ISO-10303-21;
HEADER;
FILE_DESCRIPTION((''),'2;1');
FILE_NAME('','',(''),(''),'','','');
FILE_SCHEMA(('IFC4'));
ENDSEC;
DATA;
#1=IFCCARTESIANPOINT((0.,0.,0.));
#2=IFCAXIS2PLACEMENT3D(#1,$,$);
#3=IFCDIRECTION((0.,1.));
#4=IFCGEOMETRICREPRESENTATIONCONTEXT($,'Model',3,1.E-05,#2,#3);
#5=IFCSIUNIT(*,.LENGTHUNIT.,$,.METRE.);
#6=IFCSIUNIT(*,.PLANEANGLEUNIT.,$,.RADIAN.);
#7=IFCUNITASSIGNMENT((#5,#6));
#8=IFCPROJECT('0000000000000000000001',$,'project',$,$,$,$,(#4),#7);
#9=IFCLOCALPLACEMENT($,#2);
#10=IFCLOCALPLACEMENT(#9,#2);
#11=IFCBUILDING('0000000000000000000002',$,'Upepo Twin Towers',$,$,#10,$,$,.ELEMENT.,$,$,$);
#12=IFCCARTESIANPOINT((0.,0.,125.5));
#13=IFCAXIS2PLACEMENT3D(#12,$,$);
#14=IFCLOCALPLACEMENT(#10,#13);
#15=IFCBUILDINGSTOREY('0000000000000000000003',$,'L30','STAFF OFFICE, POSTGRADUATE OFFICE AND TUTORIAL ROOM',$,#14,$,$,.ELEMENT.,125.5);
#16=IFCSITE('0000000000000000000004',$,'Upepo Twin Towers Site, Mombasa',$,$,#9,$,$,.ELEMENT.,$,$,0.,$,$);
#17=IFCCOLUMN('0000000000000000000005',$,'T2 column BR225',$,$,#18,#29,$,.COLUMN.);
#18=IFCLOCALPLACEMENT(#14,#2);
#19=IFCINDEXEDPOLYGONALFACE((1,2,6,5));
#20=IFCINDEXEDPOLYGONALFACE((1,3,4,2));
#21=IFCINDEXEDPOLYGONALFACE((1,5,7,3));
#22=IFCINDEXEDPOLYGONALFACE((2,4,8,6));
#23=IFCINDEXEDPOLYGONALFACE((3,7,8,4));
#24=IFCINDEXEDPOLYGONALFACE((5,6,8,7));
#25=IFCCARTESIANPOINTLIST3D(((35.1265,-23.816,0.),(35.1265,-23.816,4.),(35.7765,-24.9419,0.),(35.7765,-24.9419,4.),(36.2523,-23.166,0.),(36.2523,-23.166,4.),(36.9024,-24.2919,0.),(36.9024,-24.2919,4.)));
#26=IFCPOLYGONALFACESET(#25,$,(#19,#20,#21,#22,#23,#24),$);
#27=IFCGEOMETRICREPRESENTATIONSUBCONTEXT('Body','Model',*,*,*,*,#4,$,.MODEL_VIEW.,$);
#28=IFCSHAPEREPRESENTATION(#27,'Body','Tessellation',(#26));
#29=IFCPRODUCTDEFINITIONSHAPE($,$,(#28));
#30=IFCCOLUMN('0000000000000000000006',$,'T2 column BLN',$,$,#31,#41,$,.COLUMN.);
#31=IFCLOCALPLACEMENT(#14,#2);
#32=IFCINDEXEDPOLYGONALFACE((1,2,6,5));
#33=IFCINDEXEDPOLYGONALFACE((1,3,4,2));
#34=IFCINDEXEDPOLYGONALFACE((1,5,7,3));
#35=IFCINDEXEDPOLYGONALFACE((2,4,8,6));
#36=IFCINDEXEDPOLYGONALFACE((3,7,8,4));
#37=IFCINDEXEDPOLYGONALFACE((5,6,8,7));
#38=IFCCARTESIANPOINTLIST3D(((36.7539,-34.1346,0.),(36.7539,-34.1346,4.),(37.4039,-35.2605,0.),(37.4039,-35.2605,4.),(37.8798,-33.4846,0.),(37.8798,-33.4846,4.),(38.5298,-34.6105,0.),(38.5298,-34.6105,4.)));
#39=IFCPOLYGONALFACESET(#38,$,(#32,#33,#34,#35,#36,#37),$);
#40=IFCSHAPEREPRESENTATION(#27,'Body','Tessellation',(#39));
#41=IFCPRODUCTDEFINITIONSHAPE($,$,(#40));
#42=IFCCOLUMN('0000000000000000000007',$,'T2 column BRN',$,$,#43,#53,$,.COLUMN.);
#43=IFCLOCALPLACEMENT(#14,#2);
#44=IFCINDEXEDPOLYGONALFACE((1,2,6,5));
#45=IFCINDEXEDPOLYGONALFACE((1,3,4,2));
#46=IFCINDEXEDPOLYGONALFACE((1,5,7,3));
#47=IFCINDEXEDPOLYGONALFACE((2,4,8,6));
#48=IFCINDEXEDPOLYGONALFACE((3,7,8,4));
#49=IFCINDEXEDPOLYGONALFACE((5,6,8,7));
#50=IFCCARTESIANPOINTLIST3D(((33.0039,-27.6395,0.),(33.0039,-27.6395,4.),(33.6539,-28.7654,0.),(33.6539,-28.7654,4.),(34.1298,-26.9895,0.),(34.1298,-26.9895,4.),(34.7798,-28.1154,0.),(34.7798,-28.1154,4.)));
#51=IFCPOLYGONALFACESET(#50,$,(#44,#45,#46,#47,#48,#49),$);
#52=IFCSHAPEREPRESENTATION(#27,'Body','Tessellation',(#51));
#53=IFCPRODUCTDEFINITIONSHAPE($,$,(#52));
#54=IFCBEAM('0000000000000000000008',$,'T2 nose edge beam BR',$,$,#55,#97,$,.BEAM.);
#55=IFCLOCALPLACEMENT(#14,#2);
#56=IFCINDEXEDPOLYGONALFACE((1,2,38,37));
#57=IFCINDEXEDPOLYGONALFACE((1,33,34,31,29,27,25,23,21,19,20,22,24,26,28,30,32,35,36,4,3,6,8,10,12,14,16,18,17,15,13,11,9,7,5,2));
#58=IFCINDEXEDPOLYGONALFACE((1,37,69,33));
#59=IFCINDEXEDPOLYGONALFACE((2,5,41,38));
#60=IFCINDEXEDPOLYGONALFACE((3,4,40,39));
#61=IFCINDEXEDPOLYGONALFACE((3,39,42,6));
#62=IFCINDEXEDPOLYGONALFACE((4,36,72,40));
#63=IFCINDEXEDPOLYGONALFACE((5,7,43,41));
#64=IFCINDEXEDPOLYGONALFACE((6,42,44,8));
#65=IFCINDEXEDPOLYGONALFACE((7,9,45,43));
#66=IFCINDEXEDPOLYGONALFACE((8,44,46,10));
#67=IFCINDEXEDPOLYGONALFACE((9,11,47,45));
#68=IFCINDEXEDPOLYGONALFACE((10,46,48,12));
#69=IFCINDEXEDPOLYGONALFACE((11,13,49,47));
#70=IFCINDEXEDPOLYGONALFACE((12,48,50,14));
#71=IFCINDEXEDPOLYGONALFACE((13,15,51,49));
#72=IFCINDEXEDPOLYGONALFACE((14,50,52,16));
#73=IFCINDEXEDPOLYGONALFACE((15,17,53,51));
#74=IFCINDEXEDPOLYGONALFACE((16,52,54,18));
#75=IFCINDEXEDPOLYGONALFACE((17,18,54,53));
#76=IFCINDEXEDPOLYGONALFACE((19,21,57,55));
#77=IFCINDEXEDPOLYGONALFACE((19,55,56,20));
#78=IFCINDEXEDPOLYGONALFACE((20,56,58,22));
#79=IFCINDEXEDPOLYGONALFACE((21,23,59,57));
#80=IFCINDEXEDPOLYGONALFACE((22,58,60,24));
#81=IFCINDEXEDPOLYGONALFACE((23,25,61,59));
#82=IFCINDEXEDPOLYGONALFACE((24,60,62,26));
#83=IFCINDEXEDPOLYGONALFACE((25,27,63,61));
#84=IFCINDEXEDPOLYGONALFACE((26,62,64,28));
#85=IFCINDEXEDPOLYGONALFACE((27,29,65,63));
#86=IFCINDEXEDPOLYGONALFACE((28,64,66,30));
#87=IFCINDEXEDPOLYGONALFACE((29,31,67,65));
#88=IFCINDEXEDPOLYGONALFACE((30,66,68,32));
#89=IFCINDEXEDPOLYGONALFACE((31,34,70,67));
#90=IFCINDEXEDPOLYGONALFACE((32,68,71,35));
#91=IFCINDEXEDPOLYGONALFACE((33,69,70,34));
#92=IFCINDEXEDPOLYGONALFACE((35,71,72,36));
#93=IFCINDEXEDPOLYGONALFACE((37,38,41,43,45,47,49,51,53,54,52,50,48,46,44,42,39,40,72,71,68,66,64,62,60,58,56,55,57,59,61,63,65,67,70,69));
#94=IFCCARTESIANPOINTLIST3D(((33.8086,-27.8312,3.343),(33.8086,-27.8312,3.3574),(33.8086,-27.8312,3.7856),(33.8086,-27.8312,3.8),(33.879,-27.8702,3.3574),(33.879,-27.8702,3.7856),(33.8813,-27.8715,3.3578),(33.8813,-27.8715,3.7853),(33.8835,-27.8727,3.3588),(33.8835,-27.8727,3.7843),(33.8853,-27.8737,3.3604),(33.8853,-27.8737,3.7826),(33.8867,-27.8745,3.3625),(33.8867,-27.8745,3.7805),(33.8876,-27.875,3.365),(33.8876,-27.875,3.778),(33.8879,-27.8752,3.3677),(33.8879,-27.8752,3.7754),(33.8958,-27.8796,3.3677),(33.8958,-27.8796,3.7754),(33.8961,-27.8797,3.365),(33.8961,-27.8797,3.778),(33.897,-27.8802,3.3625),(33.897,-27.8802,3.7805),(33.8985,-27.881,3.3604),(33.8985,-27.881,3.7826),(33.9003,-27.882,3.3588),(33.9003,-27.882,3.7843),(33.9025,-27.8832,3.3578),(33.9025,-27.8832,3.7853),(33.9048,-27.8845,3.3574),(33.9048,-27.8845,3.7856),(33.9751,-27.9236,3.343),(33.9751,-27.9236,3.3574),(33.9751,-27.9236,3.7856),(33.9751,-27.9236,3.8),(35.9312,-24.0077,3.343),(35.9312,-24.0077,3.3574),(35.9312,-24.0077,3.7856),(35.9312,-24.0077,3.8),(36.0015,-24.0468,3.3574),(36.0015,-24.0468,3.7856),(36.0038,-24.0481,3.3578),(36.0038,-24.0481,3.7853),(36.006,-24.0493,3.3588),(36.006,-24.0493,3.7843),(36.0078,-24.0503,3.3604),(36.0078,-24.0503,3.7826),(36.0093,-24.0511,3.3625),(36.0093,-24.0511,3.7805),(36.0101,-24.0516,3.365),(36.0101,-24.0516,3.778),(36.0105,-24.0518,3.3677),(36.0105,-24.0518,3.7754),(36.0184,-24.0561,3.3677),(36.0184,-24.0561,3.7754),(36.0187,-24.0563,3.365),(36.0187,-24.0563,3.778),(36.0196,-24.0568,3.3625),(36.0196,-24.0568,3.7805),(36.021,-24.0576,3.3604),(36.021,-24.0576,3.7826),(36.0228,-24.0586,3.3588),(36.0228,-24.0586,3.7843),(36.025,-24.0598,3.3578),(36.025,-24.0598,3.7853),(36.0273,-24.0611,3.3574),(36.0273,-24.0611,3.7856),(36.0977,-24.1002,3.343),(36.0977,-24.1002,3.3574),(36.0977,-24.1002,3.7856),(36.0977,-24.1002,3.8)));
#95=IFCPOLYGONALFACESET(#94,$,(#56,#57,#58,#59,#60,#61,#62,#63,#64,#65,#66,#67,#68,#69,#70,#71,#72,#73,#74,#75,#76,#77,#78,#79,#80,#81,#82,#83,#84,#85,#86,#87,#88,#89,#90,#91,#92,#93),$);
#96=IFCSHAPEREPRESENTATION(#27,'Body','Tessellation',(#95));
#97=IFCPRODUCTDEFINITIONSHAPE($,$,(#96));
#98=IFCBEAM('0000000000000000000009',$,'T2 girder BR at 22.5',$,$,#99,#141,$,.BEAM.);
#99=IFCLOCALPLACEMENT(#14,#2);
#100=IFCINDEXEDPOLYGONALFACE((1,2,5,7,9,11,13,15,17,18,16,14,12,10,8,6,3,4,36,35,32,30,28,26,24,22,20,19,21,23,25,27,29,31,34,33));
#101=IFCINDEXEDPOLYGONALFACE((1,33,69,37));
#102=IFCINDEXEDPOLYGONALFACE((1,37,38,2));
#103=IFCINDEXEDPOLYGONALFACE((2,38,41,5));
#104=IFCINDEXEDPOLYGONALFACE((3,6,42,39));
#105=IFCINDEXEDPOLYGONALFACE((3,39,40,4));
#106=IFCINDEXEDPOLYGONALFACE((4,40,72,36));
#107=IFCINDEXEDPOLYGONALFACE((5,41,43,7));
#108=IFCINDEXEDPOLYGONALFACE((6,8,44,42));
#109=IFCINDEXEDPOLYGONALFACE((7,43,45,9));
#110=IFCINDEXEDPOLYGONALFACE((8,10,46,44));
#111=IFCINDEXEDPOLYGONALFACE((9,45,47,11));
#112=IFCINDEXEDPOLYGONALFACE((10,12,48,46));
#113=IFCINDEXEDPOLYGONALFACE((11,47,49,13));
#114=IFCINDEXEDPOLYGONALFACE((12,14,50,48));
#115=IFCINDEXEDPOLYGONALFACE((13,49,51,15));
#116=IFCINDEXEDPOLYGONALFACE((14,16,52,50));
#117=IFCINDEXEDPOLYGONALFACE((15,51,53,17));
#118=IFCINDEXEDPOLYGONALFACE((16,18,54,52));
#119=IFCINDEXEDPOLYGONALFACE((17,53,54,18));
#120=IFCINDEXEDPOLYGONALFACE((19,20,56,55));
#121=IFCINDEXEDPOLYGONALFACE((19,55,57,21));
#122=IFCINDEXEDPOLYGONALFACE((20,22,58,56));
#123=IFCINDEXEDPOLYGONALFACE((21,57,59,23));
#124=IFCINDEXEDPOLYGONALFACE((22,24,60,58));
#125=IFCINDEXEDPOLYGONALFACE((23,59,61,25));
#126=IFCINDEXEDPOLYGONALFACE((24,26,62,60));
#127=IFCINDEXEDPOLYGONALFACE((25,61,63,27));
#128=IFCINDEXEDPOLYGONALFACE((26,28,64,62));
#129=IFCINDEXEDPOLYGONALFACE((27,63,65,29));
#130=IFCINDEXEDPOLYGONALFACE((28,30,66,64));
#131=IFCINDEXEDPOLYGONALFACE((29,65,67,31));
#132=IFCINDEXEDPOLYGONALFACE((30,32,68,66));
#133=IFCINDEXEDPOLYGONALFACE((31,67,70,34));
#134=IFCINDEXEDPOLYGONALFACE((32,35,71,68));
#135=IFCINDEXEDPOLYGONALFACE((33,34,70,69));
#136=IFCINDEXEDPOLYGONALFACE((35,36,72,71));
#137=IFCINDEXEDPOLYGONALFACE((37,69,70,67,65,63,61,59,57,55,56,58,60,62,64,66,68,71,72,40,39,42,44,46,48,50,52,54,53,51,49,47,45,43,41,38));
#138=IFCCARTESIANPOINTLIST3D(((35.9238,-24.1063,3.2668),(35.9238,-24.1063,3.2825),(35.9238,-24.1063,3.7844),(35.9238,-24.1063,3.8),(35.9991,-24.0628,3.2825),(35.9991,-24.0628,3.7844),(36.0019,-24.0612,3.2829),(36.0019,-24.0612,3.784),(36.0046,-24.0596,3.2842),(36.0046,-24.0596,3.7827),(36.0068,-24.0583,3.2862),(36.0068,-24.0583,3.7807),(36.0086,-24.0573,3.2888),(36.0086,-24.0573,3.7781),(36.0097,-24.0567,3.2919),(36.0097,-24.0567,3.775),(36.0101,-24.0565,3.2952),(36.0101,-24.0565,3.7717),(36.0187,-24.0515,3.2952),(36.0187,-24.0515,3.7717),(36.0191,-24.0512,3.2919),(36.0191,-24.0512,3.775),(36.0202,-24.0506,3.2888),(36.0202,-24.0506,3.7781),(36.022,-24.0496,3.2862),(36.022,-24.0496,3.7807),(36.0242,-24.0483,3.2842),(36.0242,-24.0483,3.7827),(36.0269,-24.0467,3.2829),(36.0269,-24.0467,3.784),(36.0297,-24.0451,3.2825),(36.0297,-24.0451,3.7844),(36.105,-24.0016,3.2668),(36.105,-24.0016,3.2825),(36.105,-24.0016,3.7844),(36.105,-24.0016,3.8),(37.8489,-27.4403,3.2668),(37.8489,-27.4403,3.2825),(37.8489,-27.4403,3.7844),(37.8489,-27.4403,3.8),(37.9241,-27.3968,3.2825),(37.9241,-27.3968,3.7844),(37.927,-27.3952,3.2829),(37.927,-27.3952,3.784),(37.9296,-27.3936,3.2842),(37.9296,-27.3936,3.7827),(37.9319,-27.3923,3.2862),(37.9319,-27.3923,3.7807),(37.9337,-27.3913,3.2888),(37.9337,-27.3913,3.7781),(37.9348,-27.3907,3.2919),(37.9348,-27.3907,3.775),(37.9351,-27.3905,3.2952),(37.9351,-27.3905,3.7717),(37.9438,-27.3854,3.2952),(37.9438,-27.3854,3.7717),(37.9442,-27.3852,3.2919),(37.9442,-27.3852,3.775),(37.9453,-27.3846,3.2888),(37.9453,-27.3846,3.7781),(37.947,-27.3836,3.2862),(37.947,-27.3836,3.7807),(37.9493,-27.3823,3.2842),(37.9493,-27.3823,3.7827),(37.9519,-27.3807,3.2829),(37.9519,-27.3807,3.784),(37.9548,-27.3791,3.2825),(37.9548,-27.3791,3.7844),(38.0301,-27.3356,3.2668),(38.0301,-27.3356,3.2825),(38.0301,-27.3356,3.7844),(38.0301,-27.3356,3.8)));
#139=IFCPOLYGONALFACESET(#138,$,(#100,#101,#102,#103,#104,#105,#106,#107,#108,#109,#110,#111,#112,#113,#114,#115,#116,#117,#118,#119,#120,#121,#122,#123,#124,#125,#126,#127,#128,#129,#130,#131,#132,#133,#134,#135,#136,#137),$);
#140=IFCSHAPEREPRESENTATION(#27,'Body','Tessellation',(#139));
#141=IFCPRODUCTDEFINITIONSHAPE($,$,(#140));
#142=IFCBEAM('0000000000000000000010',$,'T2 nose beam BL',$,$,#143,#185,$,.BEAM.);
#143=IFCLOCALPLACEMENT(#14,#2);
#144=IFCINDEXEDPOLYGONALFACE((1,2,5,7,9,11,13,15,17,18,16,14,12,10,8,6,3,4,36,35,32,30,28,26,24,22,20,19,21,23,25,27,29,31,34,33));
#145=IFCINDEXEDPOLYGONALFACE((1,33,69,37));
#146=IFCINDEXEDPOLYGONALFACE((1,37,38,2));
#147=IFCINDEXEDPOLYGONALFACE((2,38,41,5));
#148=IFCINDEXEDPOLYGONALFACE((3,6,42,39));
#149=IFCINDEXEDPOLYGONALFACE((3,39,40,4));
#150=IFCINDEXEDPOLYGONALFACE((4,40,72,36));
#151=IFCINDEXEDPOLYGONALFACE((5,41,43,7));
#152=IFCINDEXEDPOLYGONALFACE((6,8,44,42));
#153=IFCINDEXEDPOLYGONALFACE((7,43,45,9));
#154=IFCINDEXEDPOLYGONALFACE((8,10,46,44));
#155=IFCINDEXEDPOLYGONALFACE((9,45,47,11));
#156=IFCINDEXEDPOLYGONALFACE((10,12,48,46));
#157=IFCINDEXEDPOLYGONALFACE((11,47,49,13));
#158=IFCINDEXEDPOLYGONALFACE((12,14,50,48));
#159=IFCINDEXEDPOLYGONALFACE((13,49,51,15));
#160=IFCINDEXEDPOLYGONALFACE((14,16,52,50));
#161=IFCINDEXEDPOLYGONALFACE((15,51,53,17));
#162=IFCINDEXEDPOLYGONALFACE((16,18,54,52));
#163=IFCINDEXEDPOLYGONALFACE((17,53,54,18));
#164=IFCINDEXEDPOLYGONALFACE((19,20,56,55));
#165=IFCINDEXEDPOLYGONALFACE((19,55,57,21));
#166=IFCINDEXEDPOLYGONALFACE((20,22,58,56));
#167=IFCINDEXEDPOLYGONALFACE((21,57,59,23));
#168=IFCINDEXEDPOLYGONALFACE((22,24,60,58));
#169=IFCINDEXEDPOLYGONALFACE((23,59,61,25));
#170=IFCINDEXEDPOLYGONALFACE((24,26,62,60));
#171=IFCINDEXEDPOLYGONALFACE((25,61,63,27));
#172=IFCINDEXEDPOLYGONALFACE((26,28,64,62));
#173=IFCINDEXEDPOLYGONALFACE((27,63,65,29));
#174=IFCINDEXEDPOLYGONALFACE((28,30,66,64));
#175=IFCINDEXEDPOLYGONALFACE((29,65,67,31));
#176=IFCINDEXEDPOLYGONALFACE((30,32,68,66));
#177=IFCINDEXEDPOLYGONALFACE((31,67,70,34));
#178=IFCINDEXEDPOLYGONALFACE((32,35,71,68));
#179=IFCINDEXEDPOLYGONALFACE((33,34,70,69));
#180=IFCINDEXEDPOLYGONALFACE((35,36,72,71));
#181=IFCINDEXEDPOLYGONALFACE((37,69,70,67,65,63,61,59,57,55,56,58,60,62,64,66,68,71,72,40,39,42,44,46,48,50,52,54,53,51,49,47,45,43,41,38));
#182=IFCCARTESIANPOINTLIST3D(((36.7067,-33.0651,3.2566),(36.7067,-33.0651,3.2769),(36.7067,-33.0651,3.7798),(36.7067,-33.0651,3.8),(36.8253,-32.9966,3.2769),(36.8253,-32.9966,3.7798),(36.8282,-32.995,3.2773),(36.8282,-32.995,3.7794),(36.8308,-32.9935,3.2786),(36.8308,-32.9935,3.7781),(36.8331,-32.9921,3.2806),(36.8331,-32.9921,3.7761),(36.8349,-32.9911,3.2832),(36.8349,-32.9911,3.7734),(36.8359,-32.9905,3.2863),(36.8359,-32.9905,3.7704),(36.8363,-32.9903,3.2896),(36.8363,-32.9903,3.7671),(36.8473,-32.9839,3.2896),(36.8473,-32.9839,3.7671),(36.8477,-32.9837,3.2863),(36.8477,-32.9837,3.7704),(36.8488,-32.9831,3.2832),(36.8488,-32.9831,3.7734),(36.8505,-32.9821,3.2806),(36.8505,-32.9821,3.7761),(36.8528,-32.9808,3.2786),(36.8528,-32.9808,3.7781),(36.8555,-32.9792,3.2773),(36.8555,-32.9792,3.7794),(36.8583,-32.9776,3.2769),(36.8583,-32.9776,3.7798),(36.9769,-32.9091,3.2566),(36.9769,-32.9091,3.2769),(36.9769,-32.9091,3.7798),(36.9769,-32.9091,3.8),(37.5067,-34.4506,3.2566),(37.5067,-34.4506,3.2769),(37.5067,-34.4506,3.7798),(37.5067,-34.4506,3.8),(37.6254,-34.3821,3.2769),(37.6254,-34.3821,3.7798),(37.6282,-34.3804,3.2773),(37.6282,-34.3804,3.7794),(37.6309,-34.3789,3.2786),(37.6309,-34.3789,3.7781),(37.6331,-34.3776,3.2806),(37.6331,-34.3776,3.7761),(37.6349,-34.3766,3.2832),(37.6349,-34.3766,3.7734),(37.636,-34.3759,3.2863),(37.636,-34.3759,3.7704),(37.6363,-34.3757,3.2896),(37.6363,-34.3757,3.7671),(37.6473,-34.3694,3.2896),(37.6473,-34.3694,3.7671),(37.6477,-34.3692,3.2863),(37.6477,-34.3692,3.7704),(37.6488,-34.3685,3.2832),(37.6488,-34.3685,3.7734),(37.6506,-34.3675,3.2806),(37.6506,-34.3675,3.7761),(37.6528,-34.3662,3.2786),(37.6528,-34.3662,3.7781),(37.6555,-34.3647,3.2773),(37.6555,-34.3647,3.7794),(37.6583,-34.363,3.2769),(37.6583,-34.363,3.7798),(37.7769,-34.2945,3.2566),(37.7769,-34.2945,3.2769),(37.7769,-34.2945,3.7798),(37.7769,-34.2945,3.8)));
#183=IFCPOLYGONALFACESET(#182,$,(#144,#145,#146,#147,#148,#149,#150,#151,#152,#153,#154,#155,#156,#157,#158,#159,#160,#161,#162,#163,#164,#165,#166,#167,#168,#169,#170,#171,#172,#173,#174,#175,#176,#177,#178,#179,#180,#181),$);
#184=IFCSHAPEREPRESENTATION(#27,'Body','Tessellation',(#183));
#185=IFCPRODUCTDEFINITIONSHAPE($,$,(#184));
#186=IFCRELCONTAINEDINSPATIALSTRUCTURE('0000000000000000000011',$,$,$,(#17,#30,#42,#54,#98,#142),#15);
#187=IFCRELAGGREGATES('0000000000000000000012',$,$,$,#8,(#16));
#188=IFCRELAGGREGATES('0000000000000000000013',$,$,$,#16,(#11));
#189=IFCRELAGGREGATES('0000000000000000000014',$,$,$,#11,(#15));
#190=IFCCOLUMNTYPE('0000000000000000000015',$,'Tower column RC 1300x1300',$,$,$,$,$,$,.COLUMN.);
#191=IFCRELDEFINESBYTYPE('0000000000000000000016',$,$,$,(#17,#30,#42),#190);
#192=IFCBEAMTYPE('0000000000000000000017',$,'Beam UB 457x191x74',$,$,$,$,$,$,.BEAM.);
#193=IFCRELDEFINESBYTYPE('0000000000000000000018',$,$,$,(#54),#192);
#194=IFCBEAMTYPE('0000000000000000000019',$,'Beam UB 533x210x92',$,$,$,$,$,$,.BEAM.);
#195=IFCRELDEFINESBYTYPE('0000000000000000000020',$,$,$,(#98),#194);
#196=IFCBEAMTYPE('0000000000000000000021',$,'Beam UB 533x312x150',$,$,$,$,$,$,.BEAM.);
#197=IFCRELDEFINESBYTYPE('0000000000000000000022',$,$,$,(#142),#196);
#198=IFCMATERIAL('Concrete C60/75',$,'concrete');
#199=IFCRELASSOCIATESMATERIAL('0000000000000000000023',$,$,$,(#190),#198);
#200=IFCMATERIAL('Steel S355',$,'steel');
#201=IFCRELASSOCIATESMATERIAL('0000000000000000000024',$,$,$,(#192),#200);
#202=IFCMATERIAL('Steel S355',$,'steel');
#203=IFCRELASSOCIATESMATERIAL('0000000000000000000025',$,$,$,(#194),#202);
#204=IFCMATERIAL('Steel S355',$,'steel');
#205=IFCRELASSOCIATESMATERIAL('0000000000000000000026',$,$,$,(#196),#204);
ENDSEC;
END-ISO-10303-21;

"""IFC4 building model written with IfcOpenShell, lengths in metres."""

from ifc_helpers import new_model, si_unit, direction, frame, origin, origin_2d, place, context, subcontext, project, spatial, rectangle, i_section, extrude, material, material_profile, profile_set, type_object, element, save


model = new_model("IFC4")

# Units and contexts
model_context = context("Model", 3, precision=1e-05, world=origin(), true_north=direction((0.0, 1.0)))
body_context = subcontext(model_context, "Body", "Model", "MODEL_VIEW")
ifc_project = project(units=[si_unit("LENGTHUNIT", "METRE"), si_unit("PLANEANGLEUNIT", "RADIAN")], contexts=[model_context])

# Site, building, storey
site_placement = place(None, origin())
site = spatial("IfcSite", under=ifc_project, at=site_placement, Name="Upepo Twin Towers Site, Mombasa", CompositionType="ELEMENT", RefElevation=0.0)
building_placement = place(site_placement, origin())
building = spatial("IfcBuilding", under=site, at=building_placement, Name="Upepo Twin Towers", CompositionType="ELEMENT")
storey_placement = place(building_placement, frame((0.0, 0.0, 125.5)))
storey = spatial("IfcBuildingStorey", under=building, at=storey_placement, Name="L30", Description="STAFF OFFICE, POSTGRADUATE OFFICE AND TUTORIAL ROOM", CompositionType="ELEMENT", Elevation=125.5)

# Columns
ifc_material_1 = material(Name="Concrete C60/75", Category="concrete")
ifc_material_profile_1 = material_profile(ifc_material_1, rectangle(XDim=1.3, YDim=1.3, at=origin_2d()), Name="RC 1300x1300")
ifc_profile_set_1 = profile_set([ifc_material_profile_1], Name="Concrete C60/75")
column_type = type_object("IfcColumnType", Name="Tower column RC 1300x1300", PredefinedType="COLUMN", material=ifc_profile_set_1)
for number, where, z_axis, x_axis, name in (
    (1, (36.0144, -24.054, 0.0), (0.0, 0.0, 1.0), (0.866025, 0.5, 0.0), "T2 column BR225"),
    (2, (37.6418, -34.3726, 0.0), (0.0, 0.0, 1.0), (0.866025, 0.5, 0.0), "T2 column BLN"),
    (3, (33.8918, -27.8774, 0.0), (0.0, 0.0, 1.0), (0.866025, 0.5, 0.0), "T2 column BRN"),
):
    element("IfcColumn", number, at=place(storey_placement, frame(where, z_axis=z_axis, x_axis=x_axis)), inside=storey, type_object=column_type, Name=name, PredefinedType="COLUMN", context=body_context, shape_type="SweptSolid", body=[
        extrude(rectangle(XDim=1.3, YDim=1.3, at=origin_2d()), origin(), (0.0, 0.0, 1.0), 4.0),
    ])

# Beams
ifc_material_2 = material(Name="Steel S355", Category="steel")
ifc_material_profile_2 = material_profile(ifc_material_2, i_section(OverallWidth=0.1904, OverallDepth=0.457, WebThickness=0.009, FlangeThickness=0.0144, FilletRadius=0.0103, at=origin_2d()), Name="UB 457x191x74")
ifc_profile_set_2 = profile_set([ifc_material_profile_2], Name="Steel S355")
beam_type_1 = type_object("IfcBeamType", Name="Beam UB 457x191x74", PredefinedType="BEAM", material=ifc_profile_set_2)
beam_1_placement = place(storey_placement, frame((36.0144, -24.054, 3.5715), z_axis=(-0.485363, -0.874313, 0.0), x_axis=(0.874313, -0.485363, 0.0)))
element("IfcBeam", 4, at=beam_1_placement, inside=storey, type_object=beam_type_1, Name="T2 nose edge beam BR", PredefinedType="BEAM", context=body_context, shape_type="SweptSolid", body=[
    extrude(i_section(OverallWidth=0.1904, OverallDepth=0.457, WebThickness=0.009, FlangeThickness=0.0144, FilletRadius=0.0103, at=origin_2d()), origin(), (0.0, 0.0, 1.0), 4.373),
])
ifc_material_3 = material(Name="Steel S355", Category="steel")
ifc_material_profile_3 = material_profile(ifc_material_3, i_section(OverallWidth=0.2092, OverallDepth=0.5332, WebThickness=0.01, FlangeThickness=0.0156, FilletRadius=0.0127, at=origin_2d()), Name="UB 533x210x92")
ifc_profile_set_3 = profile_set([ifc_material_profile_3], Name="Steel S355")
beam_type_2 = type_object("IfcBeamType", Name="Beam UB 533x210x92", PredefinedType="BEAM", material=ifc_profile_set_3)
beam_2_placement = place(storey_placement, frame((36.0144, -24.054, 3.5334), z_axis=(0.500034, -0.866006, 0.0), x_axis=(0.866006, 0.500034, 0.0)))
element("IfcBeam", 5, at=beam_2_placement, inside=storey, type_object=beam_type_2, Name="T2 girder BR at 22.5", PredefinedType="BEAM", context=body_context, shape_type="SweptSolid", body=[
    extrude(i_section(OverallWidth=0.2092, OverallDepth=0.5332, WebThickness=0.01, FlangeThickness=0.0156, FilletRadius=0.0127, at=origin_2d()), origin(), (0.0, 0.0, 1.0), 3.8499),
])
ifc_material_4 = material(Name="Steel S355", Category="steel")
ifc_material_profile_4 = material_profile(ifc_material_4, i_section(OverallWidth=0.312, OverallDepth=0.5435, WebThickness=0.0127, FlangeThickness=0.0203, FilletRadius=0.0127, at=origin_2d()), Name="UB 533x312x150")
ifc_profile_set_4 = profile_set([ifc_material_profile_4], Name="Steel S355")
beam_type_3 = type_object("IfcBeamType", Name="Beam UB 533x312x150", PredefinedType="BEAM", material=ifc_profile_set_4)
for number, where, z_axis, x_axis, name in (
    (6, (37.6418, -34.3726, 3.5283), (-0.500061, 0.86599, 0.0), (-0.86599, -0.500061, 0.0), "T2 nose beam BL"),
):
    element("IfcBeam", number, at=place(storey_placement, frame(where, z_axis=z_axis, x_axis=x_axis)), inside=storey, type_object=beam_type_3, Name=name, PredefinedType="BEAM", context=body_context, shape_type="SweptSolid", body=[
        extrude(i_section(OverallWidth=0.312, OverallDepth=0.5435, WebThickness=0.0127, FlangeThickness=0.0203, FilletRadius=0.0127, at=origin_2d()), origin(), (0.0, 0.0, 1.0), 1.5999),
    ])

save(model, "model.ifc")
